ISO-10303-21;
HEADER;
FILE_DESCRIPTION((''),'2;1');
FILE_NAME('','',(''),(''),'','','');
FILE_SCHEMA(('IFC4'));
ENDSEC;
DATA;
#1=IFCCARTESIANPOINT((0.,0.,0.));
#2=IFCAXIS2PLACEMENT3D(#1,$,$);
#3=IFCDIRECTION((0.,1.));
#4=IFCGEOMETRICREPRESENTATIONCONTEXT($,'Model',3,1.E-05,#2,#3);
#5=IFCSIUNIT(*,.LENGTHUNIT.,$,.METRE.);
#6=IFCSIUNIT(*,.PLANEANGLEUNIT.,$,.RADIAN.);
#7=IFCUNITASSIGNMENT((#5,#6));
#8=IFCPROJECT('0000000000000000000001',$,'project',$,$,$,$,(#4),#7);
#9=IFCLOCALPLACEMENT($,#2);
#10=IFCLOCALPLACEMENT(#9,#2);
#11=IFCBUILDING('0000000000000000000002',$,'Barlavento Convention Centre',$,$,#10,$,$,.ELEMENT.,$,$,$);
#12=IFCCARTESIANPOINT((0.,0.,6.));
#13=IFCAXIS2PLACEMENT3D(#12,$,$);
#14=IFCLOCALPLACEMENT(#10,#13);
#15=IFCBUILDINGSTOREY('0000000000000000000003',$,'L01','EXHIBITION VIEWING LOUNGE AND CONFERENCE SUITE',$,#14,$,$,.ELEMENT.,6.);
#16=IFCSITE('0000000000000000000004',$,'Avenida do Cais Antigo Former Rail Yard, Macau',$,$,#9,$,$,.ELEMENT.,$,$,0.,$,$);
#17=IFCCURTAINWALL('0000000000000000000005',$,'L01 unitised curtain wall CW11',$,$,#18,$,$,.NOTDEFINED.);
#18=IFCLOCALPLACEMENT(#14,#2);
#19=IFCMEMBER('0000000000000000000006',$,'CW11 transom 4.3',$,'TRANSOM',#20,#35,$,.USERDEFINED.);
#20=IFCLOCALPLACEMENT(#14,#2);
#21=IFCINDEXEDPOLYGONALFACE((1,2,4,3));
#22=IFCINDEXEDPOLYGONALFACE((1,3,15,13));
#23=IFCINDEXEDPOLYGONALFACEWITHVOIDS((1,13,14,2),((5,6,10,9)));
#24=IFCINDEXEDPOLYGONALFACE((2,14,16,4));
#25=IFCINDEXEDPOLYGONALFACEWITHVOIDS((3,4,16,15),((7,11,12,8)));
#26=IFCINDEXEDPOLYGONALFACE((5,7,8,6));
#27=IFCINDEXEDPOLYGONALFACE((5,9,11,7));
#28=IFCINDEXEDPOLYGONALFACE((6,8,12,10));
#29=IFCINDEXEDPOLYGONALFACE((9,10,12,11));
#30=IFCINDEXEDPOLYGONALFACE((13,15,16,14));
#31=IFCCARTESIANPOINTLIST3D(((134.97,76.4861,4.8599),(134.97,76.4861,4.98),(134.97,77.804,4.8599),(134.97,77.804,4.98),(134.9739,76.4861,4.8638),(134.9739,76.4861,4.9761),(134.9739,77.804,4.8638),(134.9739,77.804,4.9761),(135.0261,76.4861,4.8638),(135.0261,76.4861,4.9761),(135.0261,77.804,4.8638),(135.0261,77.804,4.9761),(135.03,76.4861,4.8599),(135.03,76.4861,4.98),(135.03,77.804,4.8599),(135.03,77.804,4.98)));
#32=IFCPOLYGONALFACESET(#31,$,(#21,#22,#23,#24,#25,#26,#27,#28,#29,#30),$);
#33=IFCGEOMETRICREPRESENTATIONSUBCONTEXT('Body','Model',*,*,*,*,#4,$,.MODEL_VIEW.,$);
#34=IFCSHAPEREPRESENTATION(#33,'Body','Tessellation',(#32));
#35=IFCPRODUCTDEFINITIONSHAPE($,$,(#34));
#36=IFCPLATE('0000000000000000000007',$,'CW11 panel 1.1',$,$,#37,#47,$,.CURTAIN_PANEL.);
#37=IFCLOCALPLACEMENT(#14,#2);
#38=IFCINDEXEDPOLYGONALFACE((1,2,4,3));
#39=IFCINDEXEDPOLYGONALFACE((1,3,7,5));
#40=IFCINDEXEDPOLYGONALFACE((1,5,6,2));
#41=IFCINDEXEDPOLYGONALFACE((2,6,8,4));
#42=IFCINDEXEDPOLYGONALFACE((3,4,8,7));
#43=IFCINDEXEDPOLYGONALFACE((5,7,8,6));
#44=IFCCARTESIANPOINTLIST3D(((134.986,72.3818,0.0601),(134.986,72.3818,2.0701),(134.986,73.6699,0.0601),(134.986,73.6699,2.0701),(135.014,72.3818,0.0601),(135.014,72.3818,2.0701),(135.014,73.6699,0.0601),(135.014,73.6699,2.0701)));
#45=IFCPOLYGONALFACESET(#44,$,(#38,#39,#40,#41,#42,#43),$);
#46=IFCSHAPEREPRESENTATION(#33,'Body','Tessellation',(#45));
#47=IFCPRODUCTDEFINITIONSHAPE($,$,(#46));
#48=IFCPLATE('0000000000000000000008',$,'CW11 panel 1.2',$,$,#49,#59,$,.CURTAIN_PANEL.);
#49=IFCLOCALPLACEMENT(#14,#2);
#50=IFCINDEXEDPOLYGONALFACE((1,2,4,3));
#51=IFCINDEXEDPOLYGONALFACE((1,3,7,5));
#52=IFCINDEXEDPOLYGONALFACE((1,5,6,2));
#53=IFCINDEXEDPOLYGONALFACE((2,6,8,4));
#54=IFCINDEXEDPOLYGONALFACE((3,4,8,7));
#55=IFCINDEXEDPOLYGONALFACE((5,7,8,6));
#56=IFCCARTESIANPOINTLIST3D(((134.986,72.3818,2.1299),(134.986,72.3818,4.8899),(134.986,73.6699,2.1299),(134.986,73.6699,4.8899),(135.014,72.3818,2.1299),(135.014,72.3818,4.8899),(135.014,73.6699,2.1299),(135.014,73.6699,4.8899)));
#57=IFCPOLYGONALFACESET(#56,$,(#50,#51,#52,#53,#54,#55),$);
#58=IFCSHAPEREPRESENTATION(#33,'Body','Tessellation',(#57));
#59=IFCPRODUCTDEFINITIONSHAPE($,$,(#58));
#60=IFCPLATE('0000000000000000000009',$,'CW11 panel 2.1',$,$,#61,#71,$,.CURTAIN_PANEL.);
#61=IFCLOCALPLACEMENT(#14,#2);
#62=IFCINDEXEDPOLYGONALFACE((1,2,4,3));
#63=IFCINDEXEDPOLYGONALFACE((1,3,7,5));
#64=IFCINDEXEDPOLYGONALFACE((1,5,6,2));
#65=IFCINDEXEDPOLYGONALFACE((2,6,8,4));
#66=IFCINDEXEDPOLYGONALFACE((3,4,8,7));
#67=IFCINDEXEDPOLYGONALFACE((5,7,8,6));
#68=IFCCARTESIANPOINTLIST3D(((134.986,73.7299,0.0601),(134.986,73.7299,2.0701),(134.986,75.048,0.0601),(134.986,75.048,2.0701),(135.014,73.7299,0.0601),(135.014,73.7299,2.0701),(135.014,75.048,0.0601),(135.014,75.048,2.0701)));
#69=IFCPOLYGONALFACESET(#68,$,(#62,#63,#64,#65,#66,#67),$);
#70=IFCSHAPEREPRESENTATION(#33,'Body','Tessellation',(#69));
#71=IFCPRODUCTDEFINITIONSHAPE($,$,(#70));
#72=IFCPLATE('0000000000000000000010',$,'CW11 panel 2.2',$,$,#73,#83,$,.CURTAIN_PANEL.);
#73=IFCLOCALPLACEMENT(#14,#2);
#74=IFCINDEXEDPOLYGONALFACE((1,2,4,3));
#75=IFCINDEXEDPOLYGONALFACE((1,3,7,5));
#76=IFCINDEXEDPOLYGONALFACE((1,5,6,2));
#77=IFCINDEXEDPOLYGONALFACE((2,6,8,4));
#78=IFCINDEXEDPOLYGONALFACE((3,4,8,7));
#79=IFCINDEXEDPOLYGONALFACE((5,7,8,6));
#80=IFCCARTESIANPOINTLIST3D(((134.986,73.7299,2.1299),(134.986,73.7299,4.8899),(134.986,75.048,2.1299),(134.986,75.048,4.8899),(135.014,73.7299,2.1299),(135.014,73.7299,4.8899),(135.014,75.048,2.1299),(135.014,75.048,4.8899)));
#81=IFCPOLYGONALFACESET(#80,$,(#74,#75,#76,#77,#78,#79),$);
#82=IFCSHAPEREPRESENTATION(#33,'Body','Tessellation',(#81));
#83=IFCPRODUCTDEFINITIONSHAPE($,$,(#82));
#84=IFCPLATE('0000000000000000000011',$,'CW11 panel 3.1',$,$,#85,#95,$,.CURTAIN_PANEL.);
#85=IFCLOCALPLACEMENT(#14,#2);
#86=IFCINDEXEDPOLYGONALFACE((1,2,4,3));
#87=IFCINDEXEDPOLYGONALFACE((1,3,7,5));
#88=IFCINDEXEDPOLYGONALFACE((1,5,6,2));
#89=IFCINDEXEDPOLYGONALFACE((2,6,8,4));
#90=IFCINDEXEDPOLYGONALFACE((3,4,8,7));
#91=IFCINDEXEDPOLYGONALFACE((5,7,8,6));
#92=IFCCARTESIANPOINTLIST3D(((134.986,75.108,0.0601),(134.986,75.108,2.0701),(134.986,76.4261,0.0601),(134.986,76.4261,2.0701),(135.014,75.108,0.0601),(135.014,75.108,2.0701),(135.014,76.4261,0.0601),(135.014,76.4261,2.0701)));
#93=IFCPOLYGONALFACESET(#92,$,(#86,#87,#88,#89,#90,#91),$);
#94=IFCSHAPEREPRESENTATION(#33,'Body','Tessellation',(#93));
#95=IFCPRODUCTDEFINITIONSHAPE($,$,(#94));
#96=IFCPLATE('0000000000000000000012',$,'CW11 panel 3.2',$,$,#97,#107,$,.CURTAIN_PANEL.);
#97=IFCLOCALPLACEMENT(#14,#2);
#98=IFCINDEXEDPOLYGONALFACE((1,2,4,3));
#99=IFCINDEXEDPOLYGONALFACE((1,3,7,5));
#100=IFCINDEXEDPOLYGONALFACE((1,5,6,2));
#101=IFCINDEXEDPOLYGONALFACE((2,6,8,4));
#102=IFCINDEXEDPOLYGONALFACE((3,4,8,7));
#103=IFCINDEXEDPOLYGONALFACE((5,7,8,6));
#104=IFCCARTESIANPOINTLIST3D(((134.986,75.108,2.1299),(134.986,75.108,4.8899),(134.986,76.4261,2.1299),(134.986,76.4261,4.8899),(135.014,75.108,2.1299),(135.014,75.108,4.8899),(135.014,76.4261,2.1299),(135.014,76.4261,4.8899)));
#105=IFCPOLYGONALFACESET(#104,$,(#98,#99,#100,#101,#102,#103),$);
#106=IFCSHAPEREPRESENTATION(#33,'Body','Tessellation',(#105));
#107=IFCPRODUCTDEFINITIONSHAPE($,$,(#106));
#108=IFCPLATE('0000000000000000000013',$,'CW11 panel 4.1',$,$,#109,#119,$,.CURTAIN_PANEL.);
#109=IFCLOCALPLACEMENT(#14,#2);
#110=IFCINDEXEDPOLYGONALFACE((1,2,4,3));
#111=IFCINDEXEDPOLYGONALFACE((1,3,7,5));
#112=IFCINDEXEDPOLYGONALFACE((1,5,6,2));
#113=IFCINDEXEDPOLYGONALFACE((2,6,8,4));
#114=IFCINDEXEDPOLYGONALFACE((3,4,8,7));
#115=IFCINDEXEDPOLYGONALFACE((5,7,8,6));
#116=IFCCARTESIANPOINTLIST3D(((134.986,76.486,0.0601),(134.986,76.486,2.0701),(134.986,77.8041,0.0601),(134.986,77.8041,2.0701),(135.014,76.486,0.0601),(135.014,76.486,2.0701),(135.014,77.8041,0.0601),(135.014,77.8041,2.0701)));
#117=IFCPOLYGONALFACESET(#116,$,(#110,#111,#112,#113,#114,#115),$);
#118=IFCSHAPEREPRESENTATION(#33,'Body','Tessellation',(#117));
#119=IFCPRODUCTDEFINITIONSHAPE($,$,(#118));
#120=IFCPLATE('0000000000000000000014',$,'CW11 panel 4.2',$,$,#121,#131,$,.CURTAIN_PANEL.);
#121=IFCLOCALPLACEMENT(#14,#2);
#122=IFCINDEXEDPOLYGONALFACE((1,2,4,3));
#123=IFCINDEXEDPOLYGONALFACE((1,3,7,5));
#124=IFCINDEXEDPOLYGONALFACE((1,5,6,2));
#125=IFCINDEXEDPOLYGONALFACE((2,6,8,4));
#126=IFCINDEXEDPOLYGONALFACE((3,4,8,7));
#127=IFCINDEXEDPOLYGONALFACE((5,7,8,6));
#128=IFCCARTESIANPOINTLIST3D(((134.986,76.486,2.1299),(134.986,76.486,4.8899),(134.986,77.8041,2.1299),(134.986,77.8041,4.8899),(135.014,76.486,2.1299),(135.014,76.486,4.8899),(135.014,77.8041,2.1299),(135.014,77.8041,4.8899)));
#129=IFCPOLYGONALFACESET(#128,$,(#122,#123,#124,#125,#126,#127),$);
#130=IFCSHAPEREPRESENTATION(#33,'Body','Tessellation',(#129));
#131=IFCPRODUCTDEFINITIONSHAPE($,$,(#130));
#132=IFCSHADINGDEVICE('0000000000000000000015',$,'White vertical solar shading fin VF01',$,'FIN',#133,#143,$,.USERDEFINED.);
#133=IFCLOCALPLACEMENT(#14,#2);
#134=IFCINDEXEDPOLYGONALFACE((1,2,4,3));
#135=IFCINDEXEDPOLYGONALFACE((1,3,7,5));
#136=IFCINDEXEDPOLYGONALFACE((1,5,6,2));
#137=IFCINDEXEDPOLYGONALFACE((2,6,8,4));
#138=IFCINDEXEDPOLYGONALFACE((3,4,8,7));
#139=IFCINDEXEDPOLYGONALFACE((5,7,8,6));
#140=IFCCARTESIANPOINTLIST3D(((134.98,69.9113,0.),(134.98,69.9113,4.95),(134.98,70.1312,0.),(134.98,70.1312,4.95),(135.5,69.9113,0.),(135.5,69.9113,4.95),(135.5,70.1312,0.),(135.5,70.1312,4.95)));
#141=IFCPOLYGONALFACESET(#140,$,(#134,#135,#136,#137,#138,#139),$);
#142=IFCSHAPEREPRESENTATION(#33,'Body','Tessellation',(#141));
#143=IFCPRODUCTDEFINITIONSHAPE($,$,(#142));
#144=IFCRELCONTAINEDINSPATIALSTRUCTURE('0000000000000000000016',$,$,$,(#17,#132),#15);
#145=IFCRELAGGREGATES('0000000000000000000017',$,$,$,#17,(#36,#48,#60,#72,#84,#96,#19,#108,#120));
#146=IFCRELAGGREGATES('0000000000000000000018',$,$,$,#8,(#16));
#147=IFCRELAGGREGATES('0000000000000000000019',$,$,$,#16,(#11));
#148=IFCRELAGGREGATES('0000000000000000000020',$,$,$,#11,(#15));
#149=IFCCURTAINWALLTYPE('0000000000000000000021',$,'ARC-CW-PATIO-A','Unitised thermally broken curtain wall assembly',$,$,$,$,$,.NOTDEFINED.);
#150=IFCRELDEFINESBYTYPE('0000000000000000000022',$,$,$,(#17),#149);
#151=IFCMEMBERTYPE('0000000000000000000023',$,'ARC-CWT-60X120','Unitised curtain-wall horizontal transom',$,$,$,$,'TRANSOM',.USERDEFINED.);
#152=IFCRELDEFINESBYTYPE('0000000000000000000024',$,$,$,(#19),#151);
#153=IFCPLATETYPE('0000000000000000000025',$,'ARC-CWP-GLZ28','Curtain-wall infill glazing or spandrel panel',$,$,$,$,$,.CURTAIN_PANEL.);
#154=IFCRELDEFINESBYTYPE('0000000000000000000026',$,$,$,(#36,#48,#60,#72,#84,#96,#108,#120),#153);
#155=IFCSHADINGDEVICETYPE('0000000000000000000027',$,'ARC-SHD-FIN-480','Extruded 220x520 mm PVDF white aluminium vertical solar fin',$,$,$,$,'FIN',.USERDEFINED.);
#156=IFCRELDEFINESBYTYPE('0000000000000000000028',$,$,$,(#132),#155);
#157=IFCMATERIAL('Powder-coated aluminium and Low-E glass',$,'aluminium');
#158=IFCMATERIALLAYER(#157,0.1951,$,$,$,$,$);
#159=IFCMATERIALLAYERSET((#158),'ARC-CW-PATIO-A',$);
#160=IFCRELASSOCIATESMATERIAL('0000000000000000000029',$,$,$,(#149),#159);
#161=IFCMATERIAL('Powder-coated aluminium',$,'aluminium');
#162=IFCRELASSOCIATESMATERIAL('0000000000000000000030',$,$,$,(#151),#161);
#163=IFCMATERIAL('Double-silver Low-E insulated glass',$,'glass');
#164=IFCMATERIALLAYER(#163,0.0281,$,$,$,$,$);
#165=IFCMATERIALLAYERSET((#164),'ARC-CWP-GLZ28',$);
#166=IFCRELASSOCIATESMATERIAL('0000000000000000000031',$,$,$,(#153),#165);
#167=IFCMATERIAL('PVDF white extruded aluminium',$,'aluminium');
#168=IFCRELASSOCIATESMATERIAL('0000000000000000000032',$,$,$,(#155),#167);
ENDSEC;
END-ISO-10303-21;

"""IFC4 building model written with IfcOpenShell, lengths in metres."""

from ifc_helpers import new_model, si_unit, direction, frame, origin, origin_2d, place, context, subcontext, project, spatial, rectangle, hollow_rectangle, extrude, material, layer, layer_set, material_profile, profile_set, type_object, element, aggregate, save


model = new_model("IFC4")

# Units and contexts
model_context = context("Model", 3, precision=1e-05, world=origin(), true_north=direction((0.0, 1.0)))
body_context = subcontext(model_context, "Body", "Model", "MODEL_VIEW")
ifc_project = project(units=[si_unit("LENGTHUNIT", "METRE"), si_unit("PLANEANGLEUNIT", "RADIAN")], contexts=[model_context])

# Site, building, storey
site_placement = place(None, origin())
site = spatial("IfcSite", under=ifc_project, at=site_placement, Name="Avenida do Cais Antigo Former Rail Yard, Macau", CompositionType="ELEMENT", RefElevation=0.0)
building_placement = place(site_placement, origin())
building = spatial("IfcBuilding", under=site, at=building_placement, Name="Barlavento Convention Centre", CompositionType="ELEMENT")
storey_placement = place(building_placement, frame((0.0, 0.0, 6.0)))
storey = spatial("IfcBuildingStorey", under=building, at=storey_placement, Name="L01", Description="EXHIBITION VIEWING LOUNGE AND CONFERENCE SUITE", CompositionType="ELEMENT", Elevation=6.0)

# Curtain wall, member, plates
ifc_material_1 = material(Name="Powder-coated aluminium and Low-E glass", Category="aluminium")
ifc_layer_1 = layer(ifc_material_1, 0.1951)
ifc_layer_set_1 = layer_set([ifc_layer_1], Name="ARC-CW-PATIO-A")
curtain_wall_type = type_object("IfcCurtainWallType", Name="ARC-CW-PATIO-A", Description="Unitised thermally broken curtain wall assembly", PredefinedType="NOTDEFINED", material=ifc_layer_set_1)
curtain_wall_placement = place(storey_placement, origin())
curtain_wall = element("IfcCurtainWall", 1, at=curtain_wall_placement, inside=storey, type_object=curtain_wall_type, Name="L01 unitised curtain wall CW11", PredefinedType="NOTDEFINED")
ifc_material_2 = material(Name="Powder-coated aluminium", Category="aluminium")
ifc_material_profile_1 = material_profile(ifc_material_2, hollow_rectangle(XDim=0.0601, YDim=0.1201, WallThickness=0.0039, at=origin_2d()), Name="AL-TRAN 60x120x4")
ifc_profile_set_1 = profile_set([ifc_material_profile_1], Name="Powder-coated aluminium")
member_type_1 = type_object("IfcMemberType", Name="ARC-CWT-60X120", Description="Unitised curtain-wall horizontal transom", ElementType="TRANSOM", PredefinedType="USERDEFINED", material=ifc_profile_set_1)
member_1_placement = place(storey_placement, frame((135.0, 76.4861, 4.9199), z_axis=(0.0, 1.0, 0.0), x_axis=(-1.0, 0.0, 0.0)))
member_1 = element("IfcMember", 2, at=member_1_placement, type_object=member_type_1, Name="CW11 transom 4.3", ObjectType="TRANSOM", PredefinedType="USERDEFINED", context=body_context, shape_type="SweptSolid", body=[
    extrude(hollow_rectangle(XDim=0.0601, YDim=0.1201, WallThickness=0.0039, at=origin_2d()), origin(), (0.0, 0.0, 1.0), 1.3179),
])
ifc_material_3 = material(Name="Double-silver Low-E insulated glass", Category="glass")
ifc_layer_2 = layer(ifc_material_3, 0.0281)
ifc_layer_set_2 = layer_set([ifc_layer_2], Name="ARC-CWP-GLZ28")
plate_type = type_object("IfcPlateType", Name="ARC-CWP-GLZ28", Description="Curtain-wall infill glazing or spandrel panel", PredefinedType="CURTAIN_PANEL", material=ifc_layer_set_2)
plate_1_placement = place(storey_placement, frame((135.0, 73.0259, 0.0601), z_axis=(0.0, 0.0, 1.0), x_axis=(0.0, 1.0, 0.0)))
plate_1 = element("IfcPlate", 3, at=plate_1_placement, type_object=plate_type, Name="CW11 panel 1.1", PredefinedType="CURTAIN_PANEL", context=body_context, shape_type="SweptSolid", body=[
    extrude(rectangle(XDim=1.2881, YDim=0.0281, at=origin_2d()), origin(), (0.0, 0.0, 1.0), 2.01),
])
plate_2_placement = place(storey_placement, frame((135.0, 73.0259, 2.1299), z_axis=(0.0, 0.0, 1.0), x_axis=(0.0, 1.0, 0.0)))
plate_2 = element("IfcPlate", 4, at=plate_2_placement, type_object=plate_type, Name="CW11 panel 1.2", PredefinedType="CURTAIN_PANEL", context=body_context, shape_type="SweptSolid", body=[
    extrude(rectangle(XDim=1.2881, YDim=0.0281, at=origin_2d()), origin(), (0.0, 0.0, 1.0), 2.76),
])
plate_3_placement = place(storey_placement, frame((135.0, 74.3889, 0.0601), z_axis=(0.0, 0.0, 1.0), x_axis=(0.0, 1.0, 0.0)))
plate_3 = element("IfcPlate", 5, at=plate_3_placement, type_object=plate_type, Name="CW11 panel 2.1", PredefinedType="CURTAIN_PANEL", context=body_context, shape_type="SweptSolid", body=[
    extrude(rectangle(XDim=1.3181, YDim=0.0281, at=origin_2d()), origin(), (0.0, 0.0, 1.0), 2.01),
])
plate_4_placement = place(storey_placement, frame((135.0, 74.3889, 2.1299), z_axis=(0.0, 0.0, 1.0), x_axis=(0.0, 1.0, 0.0)))
plate_4 = element("IfcPlate", 6, at=plate_4_placement, type_object=plate_type, Name="CW11 panel 2.2", PredefinedType="CURTAIN_PANEL", context=body_context, shape_type="SweptSolid", body=[
    extrude(rectangle(XDim=1.3181, YDim=0.0281, at=origin_2d()), origin(), (0.0, 0.0, 1.0), 2.76),
])
plate_5_placement = place(storey_placement, frame((135.0, 75.7671, 0.0601), z_axis=(0.0, 0.0, 1.0), x_axis=(0.0, 1.0, 0.0)))
plate_5 = element("IfcPlate", 7, at=plate_5_placement, type_object=plate_type, Name="CW11 panel 3.1", PredefinedType="CURTAIN_PANEL", context=body_context, shape_type="SweptSolid", body=[
    extrude(rectangle(XDim=1.3181, YDim=0.0281, at=origin_2d()), origin(), (0.0, 0.0, 1.0), 2.01),
])
plate_6_placement = place(storey_placement, frame((135.0, 75.7671, 2.1299), z_axis=(0.0, 0.0, 1.0), x_axis=(0.0, 1.0, 0.0)))
plate_6 = element("IfcPlate", 8, at=plate_6_placement, type_object=plate_type, Name="CW11 panel 3.2", PredefinedType="CURTAIN_PANEL", context=body_context, shape_type="SweptSolid", body=[
    extrude(rectangle(XDim=1.3181, YDim=0.0281, at=origin_2d()), origin(), (0.0, 0.0, 1.0), 2.76),
])
plate_7_placement = place(storey_placement, frame((135.0, 77.145, 0.0601), z_axis=(0.0, 0.0, 1.0), x_axis=(0.0, 1.0, 0.0)))
plate_7 = element("IfcPlate", 9, at=plate_7_placement, type_object=plate_type, Name="CW11 panel 4.1", PredefinedType="CURTAIN_PANEL", context=body_context, shape_type="SweptSolid", body=[
    extrude(rectangle(XDim=1.3181, YDim=0.0281, at=origin_2d()), origin(), (0.0, 0.0, 1.0), 2.01),
])
plate_8_placement = place(storey_placement, frame((135.0, 77.145, 2.1299), z_axis=(0.0, 0.0, 1.0), x_axis=(0.0, 1.0, 0.0)))
plate_8 = element("IfcPlate", 10, at=plate_8_placement, type_object=plate_type, Name="CW11 panel 4.2", PredefinedType="CURTAIN_PANEL", context=body_context, shape_type="SweptSolid", body=[
    extrude(rectangle(XDim=1.3181, YDim=0.0281, at=origin_2d()), origin(), (0.0, 0.0, 1.0), 2.76),
])
aggregate(curtain_wall, [plate_1, plate_2, plate_3, plate_4, plate_5, plate_6, member_1, plate_7, plate_8])

# Shading device
ifc_material_4 = material(Name="PVDF white extruded aluminium", Category="aluminium")
shading_device_type = type_object("IfcShadingDeviceType", Name="ARC-SHD-FIN-480", Description="Extruded 220x520 mm PVDF white aluminium vertical solar fin", ElementType="FIN", PredefinedType="USERDEFINED", material=ifc_material_4)
shading_device_placement = place(storey_placement, frame((135.24, 70.0212, 0.0), z_axis=(0.0, 0.0, 1.0), x_axis=(0.0, 1.0, 0.0)))
element("IfcShadingDevice", 11, at=shading_device_placement, inside=storey, type_object=shading_device_type, Name="White vertical solar shading fin VF01", ObjectType="FIN", PredefinedType="USERDEFINED", context=body_context, shape_type="SweptSolid", body=[
    extrude(rectangle(XDim=0.22, YDim=0.52, at=origin_2d()), origin(), (0.0, 0.0, 1.0), 4.95),
])

save(model, "model.ifc")
